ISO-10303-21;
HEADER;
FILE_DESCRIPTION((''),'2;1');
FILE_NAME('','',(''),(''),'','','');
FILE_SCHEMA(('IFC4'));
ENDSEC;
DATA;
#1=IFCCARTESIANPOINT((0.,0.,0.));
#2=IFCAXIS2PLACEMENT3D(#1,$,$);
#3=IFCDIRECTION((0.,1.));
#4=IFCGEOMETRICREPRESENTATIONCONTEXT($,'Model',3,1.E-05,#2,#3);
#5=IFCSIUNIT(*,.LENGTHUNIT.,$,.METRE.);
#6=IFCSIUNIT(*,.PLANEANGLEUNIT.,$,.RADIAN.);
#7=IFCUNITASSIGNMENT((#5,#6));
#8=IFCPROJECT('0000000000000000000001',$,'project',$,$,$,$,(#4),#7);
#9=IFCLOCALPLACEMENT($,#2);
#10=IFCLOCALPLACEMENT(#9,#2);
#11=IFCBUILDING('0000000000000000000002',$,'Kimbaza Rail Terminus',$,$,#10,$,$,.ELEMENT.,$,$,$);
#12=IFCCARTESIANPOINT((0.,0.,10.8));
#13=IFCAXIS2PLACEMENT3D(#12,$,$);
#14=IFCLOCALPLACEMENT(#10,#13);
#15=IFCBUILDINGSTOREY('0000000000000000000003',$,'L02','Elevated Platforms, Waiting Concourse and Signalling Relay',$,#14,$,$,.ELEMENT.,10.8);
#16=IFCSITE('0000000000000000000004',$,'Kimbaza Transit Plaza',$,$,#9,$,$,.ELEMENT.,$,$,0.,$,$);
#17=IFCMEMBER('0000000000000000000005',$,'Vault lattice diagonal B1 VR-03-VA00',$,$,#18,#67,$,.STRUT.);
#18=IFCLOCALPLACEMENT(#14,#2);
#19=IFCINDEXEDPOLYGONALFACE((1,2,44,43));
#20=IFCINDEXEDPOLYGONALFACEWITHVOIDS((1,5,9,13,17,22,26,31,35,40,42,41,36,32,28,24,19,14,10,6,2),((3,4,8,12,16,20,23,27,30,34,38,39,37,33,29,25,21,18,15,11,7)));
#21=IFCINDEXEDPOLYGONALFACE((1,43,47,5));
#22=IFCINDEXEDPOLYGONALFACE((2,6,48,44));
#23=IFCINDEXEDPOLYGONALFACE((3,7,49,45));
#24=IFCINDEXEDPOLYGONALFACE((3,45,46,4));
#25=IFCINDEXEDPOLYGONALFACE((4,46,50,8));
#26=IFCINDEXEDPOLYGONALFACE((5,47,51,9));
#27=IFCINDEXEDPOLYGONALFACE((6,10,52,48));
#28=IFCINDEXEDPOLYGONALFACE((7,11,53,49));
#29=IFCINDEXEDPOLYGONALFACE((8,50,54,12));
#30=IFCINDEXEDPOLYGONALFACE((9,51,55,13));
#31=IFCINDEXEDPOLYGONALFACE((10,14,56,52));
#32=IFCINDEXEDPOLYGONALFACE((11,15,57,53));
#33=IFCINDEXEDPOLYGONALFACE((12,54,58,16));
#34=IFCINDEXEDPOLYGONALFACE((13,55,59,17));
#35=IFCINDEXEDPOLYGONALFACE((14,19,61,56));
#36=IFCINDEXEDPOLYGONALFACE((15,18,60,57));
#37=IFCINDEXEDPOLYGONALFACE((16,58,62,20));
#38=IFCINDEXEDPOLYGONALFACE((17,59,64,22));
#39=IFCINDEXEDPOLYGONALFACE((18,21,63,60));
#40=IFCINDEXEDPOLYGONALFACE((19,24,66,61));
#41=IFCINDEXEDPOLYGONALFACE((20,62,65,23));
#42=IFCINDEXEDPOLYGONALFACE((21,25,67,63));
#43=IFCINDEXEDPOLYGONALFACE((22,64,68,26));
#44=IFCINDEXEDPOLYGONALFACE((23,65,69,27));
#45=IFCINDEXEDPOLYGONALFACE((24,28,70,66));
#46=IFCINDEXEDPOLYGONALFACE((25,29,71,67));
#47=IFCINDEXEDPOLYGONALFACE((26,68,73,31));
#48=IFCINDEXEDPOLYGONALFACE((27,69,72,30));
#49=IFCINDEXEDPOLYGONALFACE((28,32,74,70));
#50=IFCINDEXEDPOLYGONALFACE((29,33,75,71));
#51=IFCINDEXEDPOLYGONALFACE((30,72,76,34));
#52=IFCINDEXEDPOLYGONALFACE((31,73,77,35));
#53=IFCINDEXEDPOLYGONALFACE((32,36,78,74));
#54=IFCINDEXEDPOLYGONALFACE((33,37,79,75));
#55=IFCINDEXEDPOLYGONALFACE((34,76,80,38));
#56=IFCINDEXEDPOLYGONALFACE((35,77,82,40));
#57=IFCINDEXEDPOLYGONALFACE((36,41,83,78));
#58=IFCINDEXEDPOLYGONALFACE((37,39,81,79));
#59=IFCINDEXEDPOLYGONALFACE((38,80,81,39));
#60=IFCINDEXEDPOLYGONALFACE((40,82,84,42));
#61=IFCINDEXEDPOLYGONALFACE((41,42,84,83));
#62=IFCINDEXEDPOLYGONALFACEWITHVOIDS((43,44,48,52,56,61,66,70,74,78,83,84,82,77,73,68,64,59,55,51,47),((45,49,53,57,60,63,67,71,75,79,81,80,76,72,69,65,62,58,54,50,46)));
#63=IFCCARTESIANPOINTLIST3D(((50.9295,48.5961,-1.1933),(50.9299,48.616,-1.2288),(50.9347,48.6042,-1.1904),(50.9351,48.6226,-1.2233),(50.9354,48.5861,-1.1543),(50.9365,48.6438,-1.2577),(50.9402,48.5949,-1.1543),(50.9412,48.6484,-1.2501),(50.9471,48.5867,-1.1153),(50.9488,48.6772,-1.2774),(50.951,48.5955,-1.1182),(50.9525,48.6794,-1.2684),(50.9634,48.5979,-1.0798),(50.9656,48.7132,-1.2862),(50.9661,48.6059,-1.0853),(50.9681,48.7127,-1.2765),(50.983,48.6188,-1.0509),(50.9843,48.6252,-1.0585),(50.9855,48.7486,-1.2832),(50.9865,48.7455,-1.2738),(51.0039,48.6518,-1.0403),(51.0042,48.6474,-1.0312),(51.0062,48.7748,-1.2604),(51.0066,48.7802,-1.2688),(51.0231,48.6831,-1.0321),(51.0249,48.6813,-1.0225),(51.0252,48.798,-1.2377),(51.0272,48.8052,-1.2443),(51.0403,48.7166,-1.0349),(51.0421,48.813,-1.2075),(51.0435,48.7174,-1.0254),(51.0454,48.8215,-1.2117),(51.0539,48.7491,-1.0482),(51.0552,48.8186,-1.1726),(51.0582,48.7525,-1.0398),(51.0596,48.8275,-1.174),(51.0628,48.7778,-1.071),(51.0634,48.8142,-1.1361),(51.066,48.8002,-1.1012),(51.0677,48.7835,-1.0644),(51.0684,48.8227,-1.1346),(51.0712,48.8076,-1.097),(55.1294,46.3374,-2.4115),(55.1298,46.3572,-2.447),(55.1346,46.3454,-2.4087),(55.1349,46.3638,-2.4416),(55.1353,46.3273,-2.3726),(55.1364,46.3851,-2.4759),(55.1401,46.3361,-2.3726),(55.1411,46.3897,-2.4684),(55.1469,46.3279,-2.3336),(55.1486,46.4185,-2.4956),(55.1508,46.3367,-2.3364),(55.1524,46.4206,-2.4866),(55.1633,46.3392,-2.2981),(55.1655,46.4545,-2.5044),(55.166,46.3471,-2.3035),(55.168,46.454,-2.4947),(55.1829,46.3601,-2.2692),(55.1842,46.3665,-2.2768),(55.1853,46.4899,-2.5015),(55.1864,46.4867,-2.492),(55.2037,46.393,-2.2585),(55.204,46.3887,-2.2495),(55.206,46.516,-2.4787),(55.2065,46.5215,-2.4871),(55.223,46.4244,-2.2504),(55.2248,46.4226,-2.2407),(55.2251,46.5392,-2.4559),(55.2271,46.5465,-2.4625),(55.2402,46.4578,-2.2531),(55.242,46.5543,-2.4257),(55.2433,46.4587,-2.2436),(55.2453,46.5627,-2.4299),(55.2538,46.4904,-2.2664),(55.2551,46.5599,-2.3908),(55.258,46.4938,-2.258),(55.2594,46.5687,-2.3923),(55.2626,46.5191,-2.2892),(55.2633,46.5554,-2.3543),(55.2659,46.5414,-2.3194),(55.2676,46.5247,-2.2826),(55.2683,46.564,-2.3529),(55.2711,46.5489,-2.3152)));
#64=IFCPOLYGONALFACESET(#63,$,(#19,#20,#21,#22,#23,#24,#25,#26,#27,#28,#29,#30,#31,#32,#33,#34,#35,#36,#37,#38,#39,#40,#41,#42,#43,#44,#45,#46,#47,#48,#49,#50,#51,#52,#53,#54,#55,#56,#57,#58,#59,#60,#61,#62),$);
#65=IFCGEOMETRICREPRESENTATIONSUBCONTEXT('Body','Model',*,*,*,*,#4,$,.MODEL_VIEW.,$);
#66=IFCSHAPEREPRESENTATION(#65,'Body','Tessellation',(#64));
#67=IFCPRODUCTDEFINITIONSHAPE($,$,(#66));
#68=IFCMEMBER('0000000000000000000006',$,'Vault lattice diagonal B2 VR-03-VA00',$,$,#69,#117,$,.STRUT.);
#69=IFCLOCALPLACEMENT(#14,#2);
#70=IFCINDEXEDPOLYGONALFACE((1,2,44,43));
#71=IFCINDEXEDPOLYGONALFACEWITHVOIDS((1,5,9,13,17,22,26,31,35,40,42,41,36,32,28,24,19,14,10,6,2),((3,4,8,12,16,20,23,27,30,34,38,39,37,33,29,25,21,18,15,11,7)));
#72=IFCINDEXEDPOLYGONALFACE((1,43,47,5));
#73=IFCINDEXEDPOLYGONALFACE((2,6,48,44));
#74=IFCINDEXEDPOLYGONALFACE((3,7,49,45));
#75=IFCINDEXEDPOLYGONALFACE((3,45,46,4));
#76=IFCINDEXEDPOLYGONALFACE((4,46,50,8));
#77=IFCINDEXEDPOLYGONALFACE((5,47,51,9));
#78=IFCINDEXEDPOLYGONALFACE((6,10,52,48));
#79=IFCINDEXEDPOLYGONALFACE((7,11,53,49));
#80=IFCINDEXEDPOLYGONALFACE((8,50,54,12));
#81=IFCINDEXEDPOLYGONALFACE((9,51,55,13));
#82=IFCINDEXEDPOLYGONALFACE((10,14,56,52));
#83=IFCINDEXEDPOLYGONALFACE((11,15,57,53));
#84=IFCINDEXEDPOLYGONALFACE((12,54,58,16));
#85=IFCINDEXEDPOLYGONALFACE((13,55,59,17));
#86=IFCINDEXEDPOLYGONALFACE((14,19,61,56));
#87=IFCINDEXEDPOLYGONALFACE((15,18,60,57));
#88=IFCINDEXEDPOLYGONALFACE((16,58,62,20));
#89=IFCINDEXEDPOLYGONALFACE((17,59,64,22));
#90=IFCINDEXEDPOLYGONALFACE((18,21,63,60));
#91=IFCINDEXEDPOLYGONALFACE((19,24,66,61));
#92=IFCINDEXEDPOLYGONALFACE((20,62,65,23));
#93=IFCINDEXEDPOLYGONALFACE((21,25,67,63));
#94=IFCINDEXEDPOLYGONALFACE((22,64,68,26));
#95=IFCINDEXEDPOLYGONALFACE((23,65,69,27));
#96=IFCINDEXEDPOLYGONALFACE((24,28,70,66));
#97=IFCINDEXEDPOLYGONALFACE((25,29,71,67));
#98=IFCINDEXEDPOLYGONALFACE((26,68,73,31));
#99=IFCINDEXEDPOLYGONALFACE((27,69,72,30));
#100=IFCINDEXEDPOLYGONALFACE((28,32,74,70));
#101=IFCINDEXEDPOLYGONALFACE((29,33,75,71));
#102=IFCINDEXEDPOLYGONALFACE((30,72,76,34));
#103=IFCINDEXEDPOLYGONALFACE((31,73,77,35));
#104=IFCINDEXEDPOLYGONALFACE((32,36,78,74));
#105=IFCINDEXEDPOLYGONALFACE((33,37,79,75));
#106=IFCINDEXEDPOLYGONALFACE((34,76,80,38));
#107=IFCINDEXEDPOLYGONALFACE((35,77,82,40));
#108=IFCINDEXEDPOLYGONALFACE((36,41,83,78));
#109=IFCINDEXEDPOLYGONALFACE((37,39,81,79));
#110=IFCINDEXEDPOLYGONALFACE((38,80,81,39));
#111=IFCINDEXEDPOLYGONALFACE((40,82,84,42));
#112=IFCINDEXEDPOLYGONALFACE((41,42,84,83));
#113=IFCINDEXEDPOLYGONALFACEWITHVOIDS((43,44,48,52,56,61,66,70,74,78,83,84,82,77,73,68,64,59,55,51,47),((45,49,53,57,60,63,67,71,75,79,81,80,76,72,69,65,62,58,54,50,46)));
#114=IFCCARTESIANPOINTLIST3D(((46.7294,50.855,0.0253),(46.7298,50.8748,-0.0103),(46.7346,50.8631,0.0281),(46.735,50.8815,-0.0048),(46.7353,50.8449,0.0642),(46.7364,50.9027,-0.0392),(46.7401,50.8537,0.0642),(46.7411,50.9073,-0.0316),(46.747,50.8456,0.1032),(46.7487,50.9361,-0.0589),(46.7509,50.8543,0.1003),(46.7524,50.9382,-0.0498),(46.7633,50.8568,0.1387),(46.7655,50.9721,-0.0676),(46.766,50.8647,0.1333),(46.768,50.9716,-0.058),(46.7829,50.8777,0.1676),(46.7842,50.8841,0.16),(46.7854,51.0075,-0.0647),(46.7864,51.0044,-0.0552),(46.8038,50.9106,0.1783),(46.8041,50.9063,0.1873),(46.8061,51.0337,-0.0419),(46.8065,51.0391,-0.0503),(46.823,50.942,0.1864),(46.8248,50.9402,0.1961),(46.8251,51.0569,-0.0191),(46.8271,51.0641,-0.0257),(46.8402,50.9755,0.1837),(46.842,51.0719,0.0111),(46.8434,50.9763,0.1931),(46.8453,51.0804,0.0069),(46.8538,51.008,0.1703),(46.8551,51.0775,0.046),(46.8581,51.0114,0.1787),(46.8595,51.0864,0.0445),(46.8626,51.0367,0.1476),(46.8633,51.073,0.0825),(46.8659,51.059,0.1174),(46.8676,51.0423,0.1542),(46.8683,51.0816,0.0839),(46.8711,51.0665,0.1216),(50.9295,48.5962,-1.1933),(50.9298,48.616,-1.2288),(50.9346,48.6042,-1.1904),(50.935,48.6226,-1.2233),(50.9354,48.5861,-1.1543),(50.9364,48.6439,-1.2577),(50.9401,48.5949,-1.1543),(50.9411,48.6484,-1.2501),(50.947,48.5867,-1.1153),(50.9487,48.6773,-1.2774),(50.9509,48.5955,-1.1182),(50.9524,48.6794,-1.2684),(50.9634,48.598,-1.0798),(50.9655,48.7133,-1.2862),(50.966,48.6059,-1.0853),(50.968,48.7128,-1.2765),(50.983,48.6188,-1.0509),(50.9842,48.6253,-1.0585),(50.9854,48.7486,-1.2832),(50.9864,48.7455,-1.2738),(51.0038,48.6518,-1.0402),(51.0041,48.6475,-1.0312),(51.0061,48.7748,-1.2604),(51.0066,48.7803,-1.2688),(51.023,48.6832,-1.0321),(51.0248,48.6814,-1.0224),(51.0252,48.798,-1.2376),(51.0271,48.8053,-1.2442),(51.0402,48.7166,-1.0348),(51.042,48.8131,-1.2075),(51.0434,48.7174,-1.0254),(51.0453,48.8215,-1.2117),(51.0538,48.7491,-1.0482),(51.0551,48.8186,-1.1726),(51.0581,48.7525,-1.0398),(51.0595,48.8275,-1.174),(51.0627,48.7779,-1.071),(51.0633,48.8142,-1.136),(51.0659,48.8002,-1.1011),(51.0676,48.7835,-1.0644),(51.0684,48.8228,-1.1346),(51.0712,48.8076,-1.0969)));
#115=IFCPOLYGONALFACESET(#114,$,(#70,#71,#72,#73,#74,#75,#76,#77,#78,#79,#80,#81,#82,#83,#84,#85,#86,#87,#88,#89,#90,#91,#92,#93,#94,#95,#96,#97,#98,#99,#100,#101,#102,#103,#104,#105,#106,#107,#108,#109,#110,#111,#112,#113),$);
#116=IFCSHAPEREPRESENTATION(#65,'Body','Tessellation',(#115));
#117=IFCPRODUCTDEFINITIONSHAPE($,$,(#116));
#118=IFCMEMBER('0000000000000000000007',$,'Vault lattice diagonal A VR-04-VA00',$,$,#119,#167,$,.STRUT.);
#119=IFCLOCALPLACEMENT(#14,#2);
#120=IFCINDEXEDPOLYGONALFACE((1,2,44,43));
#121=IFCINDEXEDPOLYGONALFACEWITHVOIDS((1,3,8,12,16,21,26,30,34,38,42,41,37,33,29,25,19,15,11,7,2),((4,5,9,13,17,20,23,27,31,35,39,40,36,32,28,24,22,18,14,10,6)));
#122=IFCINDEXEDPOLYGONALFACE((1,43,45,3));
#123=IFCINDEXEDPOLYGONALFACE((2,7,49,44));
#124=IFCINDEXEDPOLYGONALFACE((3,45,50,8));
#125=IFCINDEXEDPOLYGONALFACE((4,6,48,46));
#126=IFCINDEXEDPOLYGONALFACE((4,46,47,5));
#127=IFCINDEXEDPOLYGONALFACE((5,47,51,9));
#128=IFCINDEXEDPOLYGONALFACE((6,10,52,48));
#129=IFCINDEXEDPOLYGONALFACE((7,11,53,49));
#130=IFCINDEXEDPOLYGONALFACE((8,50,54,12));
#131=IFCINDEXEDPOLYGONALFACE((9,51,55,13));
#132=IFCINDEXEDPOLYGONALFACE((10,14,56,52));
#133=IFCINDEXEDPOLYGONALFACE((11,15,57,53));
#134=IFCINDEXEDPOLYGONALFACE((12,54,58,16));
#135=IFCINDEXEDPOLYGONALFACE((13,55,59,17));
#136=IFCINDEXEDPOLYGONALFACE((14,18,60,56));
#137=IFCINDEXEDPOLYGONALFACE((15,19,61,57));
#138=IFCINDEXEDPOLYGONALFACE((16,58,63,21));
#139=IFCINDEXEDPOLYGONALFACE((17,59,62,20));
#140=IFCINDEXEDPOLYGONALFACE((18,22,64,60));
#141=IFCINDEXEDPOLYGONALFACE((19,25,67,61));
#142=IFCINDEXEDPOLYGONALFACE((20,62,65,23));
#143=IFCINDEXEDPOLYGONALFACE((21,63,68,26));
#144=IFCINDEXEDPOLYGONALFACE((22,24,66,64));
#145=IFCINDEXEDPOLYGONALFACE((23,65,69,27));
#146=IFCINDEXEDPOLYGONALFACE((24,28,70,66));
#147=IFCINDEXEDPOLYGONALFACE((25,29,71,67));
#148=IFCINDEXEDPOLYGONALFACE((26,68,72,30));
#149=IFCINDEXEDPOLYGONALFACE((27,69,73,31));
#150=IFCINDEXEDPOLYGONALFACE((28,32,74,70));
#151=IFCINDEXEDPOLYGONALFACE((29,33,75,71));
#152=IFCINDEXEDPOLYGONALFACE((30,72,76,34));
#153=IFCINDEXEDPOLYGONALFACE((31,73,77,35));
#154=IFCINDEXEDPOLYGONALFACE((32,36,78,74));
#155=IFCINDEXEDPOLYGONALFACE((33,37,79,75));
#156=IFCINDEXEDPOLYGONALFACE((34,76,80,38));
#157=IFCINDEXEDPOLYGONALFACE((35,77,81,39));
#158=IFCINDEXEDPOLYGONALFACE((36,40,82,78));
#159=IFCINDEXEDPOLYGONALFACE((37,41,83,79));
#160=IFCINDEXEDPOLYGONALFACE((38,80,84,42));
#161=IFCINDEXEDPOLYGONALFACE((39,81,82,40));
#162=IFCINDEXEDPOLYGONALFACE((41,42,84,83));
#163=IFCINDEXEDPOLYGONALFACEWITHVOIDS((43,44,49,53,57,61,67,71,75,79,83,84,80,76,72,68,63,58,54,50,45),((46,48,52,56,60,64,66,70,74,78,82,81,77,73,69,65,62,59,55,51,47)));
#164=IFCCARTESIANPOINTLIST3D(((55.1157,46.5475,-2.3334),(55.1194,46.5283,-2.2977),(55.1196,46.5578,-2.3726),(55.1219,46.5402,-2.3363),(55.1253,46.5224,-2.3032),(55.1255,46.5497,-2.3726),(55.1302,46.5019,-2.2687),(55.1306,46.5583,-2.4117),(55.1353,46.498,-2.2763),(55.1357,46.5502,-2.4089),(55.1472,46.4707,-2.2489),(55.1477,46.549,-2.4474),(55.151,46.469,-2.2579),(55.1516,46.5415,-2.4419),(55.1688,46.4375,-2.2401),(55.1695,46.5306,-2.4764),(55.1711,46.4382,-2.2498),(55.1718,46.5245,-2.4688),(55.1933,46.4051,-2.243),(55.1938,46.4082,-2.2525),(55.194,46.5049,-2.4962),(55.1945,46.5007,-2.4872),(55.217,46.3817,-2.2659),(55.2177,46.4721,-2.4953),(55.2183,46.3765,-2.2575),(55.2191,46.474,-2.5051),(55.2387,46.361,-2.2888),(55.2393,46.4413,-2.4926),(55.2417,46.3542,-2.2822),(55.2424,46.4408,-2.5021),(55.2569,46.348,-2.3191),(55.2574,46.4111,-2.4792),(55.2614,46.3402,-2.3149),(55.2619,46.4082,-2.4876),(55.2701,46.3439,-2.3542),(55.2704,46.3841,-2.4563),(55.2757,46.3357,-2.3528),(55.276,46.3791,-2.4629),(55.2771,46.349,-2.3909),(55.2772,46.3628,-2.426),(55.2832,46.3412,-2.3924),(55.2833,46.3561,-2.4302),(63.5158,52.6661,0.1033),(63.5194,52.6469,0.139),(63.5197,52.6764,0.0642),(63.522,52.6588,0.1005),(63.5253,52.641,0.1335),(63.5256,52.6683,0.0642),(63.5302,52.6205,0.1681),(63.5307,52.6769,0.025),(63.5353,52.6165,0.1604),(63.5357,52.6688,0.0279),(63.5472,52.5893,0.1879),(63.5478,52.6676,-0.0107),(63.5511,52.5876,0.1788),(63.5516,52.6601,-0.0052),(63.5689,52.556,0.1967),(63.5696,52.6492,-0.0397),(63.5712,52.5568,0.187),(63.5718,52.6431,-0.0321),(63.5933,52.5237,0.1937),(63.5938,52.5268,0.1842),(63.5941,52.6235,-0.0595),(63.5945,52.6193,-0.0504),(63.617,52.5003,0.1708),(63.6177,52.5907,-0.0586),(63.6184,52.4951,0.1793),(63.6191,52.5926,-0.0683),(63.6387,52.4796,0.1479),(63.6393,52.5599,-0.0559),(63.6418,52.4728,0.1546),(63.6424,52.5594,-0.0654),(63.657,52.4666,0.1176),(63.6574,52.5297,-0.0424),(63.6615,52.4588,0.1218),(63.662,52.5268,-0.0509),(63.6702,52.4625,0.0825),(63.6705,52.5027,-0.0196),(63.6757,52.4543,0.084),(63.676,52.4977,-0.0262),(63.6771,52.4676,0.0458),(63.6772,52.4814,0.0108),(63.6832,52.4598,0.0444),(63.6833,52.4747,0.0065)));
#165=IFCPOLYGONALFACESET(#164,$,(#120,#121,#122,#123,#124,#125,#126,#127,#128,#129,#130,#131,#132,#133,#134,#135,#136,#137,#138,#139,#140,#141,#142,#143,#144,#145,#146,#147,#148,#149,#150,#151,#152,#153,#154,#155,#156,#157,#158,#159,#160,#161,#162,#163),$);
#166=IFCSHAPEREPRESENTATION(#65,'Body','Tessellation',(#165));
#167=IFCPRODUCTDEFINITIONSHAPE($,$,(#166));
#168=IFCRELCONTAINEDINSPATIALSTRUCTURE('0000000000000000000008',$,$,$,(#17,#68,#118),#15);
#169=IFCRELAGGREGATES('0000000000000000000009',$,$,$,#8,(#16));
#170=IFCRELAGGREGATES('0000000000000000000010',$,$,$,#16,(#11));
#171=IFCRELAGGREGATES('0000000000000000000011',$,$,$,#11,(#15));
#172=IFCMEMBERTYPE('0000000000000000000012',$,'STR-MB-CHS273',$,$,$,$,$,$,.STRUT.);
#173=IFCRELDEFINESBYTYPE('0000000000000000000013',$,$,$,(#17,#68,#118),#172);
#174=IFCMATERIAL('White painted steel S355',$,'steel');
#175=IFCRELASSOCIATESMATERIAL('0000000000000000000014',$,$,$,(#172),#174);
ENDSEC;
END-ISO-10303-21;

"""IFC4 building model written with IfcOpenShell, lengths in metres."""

from ifc_helpers import new_model, si_unit, direction, frame, origin, origin_2d, place, context, subcontext, project, spatial, hollow_circle, extrude, material, material_profile, profile_set, type_object, element, save


model = new_model("IFC4")

# Units and contexts
model_context = context("Model", 3, precision=1e-05, world=origin(), true_north=direction((0.0, 1.0)))
body_context = subcontext(model_context, "Body", "Model", "MODEL_VIEW")
ifc_project = project(units=[si_unit("LENGTHUNIT", "METRE"), si_unit("PLANEANGLEUNIT", "RADIAN")], contexts=[model_context])

# Site, building, storey
site_placement = place(None, origin())
site = spatial("IfcSite", under=ifc_project, at=site_placement, Name="Kimbaza Transit Plaza", CompositionType="ELEMENT", RefElevation=0.0)
building_placement = place(site_placement, origin())
building = spatial("IfcBuilding", under=site, at=building_placement, Name="Kimbaza Rail Terminus", CompositionType="ELEMENT")
storey_placement = place(building_placement, frame((0.0, 0.0, 10.8)))
storey = spatial("IfcBuildingStorey", under=building, at=storey_placement, Name="L02", Description="Elevated Platforms, Waiting Concourse and Signalling Relay", CompositionType="ELEMENT", Elevation=10.8)

# Members
ifc_material_1 = material(Name="White painted steel S355", Category="steel")
ifc_material_profile_1 = material_profile(ifc_material_1, hollow_circle(Radius=0.1365, WallThickness=0.01, at=origin_2d()), Name="CHS 273x10")
ifc_profile_set_1 = profile_set([ifc_material_profile_1], Name="White painted steel S355")
member_type_1 = type_object("IfcMemberType", Name="STR-MB-CHS273", PredefinedType="STRUT", material=ifc_profile_set_1)
member_1_placement = place(storey_placement, frame((55.2, 46.4475, -2.3726), z_axis=(-0.853305, 0.458919, 0.247515), x_axis=(-0.473657, -0.880709, 0.0)))
element("IfcMember", 1, at=member_1_placement, inside=storey, type_object=member_type_1, Name="Vault lattice diagonal B1 VR-03-VA00", PredefinedType="STRUT", context=body_context, shape_type="SweptSolid", body=[
    extrude(hollow_circle(Radius=0.1365, WallThickness=0.01, at=origin_2d()), origin(), (0.0, 0.0, 1.0), 4.9219),
])
member_2_placement = place(storey_placement, frame((51.0, 48.7063, -1.1543), z_axis=(-0.853295, 0.458913, 0.247561), x_axis=(-0.473657, -0.880709, 0.0)))
element("IfcMember", 2, at=member_2_placement, inside=storey, type_object=member_type_1, Name="Vault lattice diagonal B2 VR-03-VA00", PredefinedType="STRUT", context=body_context, shape_type="SweptSolid", body=[
    extrude(hollow_circle(Radius=0.1365, WallThickness=0.01, at=origin_2d()), origin(), (0.0, 0.0, 1.0), 4.9221),
])
member_3_placement = place(storey_placement, frame((55.2, 46.4475, -2.3726), z_axis=(0.786959, 0.57322, 0.228286), x_axis=(-0.588767, 0.808303, 0.0)))
element("IfcMember", 3, at=member_3_placement, inside=storey, type_object=member_type_1, Name="Vault lattice diagonal A VR-04-VA00", PredefinedType="STRUT", context=body_context, shape_type="SweptSolid", body=[
    extrude(hollow_circle(Radius=0.1365, WallThickness=0.01, at=origin_2d()), origin(), (0.0, 0.0, 1.0), 10.6741),
])

save(model, "model.ifc")
